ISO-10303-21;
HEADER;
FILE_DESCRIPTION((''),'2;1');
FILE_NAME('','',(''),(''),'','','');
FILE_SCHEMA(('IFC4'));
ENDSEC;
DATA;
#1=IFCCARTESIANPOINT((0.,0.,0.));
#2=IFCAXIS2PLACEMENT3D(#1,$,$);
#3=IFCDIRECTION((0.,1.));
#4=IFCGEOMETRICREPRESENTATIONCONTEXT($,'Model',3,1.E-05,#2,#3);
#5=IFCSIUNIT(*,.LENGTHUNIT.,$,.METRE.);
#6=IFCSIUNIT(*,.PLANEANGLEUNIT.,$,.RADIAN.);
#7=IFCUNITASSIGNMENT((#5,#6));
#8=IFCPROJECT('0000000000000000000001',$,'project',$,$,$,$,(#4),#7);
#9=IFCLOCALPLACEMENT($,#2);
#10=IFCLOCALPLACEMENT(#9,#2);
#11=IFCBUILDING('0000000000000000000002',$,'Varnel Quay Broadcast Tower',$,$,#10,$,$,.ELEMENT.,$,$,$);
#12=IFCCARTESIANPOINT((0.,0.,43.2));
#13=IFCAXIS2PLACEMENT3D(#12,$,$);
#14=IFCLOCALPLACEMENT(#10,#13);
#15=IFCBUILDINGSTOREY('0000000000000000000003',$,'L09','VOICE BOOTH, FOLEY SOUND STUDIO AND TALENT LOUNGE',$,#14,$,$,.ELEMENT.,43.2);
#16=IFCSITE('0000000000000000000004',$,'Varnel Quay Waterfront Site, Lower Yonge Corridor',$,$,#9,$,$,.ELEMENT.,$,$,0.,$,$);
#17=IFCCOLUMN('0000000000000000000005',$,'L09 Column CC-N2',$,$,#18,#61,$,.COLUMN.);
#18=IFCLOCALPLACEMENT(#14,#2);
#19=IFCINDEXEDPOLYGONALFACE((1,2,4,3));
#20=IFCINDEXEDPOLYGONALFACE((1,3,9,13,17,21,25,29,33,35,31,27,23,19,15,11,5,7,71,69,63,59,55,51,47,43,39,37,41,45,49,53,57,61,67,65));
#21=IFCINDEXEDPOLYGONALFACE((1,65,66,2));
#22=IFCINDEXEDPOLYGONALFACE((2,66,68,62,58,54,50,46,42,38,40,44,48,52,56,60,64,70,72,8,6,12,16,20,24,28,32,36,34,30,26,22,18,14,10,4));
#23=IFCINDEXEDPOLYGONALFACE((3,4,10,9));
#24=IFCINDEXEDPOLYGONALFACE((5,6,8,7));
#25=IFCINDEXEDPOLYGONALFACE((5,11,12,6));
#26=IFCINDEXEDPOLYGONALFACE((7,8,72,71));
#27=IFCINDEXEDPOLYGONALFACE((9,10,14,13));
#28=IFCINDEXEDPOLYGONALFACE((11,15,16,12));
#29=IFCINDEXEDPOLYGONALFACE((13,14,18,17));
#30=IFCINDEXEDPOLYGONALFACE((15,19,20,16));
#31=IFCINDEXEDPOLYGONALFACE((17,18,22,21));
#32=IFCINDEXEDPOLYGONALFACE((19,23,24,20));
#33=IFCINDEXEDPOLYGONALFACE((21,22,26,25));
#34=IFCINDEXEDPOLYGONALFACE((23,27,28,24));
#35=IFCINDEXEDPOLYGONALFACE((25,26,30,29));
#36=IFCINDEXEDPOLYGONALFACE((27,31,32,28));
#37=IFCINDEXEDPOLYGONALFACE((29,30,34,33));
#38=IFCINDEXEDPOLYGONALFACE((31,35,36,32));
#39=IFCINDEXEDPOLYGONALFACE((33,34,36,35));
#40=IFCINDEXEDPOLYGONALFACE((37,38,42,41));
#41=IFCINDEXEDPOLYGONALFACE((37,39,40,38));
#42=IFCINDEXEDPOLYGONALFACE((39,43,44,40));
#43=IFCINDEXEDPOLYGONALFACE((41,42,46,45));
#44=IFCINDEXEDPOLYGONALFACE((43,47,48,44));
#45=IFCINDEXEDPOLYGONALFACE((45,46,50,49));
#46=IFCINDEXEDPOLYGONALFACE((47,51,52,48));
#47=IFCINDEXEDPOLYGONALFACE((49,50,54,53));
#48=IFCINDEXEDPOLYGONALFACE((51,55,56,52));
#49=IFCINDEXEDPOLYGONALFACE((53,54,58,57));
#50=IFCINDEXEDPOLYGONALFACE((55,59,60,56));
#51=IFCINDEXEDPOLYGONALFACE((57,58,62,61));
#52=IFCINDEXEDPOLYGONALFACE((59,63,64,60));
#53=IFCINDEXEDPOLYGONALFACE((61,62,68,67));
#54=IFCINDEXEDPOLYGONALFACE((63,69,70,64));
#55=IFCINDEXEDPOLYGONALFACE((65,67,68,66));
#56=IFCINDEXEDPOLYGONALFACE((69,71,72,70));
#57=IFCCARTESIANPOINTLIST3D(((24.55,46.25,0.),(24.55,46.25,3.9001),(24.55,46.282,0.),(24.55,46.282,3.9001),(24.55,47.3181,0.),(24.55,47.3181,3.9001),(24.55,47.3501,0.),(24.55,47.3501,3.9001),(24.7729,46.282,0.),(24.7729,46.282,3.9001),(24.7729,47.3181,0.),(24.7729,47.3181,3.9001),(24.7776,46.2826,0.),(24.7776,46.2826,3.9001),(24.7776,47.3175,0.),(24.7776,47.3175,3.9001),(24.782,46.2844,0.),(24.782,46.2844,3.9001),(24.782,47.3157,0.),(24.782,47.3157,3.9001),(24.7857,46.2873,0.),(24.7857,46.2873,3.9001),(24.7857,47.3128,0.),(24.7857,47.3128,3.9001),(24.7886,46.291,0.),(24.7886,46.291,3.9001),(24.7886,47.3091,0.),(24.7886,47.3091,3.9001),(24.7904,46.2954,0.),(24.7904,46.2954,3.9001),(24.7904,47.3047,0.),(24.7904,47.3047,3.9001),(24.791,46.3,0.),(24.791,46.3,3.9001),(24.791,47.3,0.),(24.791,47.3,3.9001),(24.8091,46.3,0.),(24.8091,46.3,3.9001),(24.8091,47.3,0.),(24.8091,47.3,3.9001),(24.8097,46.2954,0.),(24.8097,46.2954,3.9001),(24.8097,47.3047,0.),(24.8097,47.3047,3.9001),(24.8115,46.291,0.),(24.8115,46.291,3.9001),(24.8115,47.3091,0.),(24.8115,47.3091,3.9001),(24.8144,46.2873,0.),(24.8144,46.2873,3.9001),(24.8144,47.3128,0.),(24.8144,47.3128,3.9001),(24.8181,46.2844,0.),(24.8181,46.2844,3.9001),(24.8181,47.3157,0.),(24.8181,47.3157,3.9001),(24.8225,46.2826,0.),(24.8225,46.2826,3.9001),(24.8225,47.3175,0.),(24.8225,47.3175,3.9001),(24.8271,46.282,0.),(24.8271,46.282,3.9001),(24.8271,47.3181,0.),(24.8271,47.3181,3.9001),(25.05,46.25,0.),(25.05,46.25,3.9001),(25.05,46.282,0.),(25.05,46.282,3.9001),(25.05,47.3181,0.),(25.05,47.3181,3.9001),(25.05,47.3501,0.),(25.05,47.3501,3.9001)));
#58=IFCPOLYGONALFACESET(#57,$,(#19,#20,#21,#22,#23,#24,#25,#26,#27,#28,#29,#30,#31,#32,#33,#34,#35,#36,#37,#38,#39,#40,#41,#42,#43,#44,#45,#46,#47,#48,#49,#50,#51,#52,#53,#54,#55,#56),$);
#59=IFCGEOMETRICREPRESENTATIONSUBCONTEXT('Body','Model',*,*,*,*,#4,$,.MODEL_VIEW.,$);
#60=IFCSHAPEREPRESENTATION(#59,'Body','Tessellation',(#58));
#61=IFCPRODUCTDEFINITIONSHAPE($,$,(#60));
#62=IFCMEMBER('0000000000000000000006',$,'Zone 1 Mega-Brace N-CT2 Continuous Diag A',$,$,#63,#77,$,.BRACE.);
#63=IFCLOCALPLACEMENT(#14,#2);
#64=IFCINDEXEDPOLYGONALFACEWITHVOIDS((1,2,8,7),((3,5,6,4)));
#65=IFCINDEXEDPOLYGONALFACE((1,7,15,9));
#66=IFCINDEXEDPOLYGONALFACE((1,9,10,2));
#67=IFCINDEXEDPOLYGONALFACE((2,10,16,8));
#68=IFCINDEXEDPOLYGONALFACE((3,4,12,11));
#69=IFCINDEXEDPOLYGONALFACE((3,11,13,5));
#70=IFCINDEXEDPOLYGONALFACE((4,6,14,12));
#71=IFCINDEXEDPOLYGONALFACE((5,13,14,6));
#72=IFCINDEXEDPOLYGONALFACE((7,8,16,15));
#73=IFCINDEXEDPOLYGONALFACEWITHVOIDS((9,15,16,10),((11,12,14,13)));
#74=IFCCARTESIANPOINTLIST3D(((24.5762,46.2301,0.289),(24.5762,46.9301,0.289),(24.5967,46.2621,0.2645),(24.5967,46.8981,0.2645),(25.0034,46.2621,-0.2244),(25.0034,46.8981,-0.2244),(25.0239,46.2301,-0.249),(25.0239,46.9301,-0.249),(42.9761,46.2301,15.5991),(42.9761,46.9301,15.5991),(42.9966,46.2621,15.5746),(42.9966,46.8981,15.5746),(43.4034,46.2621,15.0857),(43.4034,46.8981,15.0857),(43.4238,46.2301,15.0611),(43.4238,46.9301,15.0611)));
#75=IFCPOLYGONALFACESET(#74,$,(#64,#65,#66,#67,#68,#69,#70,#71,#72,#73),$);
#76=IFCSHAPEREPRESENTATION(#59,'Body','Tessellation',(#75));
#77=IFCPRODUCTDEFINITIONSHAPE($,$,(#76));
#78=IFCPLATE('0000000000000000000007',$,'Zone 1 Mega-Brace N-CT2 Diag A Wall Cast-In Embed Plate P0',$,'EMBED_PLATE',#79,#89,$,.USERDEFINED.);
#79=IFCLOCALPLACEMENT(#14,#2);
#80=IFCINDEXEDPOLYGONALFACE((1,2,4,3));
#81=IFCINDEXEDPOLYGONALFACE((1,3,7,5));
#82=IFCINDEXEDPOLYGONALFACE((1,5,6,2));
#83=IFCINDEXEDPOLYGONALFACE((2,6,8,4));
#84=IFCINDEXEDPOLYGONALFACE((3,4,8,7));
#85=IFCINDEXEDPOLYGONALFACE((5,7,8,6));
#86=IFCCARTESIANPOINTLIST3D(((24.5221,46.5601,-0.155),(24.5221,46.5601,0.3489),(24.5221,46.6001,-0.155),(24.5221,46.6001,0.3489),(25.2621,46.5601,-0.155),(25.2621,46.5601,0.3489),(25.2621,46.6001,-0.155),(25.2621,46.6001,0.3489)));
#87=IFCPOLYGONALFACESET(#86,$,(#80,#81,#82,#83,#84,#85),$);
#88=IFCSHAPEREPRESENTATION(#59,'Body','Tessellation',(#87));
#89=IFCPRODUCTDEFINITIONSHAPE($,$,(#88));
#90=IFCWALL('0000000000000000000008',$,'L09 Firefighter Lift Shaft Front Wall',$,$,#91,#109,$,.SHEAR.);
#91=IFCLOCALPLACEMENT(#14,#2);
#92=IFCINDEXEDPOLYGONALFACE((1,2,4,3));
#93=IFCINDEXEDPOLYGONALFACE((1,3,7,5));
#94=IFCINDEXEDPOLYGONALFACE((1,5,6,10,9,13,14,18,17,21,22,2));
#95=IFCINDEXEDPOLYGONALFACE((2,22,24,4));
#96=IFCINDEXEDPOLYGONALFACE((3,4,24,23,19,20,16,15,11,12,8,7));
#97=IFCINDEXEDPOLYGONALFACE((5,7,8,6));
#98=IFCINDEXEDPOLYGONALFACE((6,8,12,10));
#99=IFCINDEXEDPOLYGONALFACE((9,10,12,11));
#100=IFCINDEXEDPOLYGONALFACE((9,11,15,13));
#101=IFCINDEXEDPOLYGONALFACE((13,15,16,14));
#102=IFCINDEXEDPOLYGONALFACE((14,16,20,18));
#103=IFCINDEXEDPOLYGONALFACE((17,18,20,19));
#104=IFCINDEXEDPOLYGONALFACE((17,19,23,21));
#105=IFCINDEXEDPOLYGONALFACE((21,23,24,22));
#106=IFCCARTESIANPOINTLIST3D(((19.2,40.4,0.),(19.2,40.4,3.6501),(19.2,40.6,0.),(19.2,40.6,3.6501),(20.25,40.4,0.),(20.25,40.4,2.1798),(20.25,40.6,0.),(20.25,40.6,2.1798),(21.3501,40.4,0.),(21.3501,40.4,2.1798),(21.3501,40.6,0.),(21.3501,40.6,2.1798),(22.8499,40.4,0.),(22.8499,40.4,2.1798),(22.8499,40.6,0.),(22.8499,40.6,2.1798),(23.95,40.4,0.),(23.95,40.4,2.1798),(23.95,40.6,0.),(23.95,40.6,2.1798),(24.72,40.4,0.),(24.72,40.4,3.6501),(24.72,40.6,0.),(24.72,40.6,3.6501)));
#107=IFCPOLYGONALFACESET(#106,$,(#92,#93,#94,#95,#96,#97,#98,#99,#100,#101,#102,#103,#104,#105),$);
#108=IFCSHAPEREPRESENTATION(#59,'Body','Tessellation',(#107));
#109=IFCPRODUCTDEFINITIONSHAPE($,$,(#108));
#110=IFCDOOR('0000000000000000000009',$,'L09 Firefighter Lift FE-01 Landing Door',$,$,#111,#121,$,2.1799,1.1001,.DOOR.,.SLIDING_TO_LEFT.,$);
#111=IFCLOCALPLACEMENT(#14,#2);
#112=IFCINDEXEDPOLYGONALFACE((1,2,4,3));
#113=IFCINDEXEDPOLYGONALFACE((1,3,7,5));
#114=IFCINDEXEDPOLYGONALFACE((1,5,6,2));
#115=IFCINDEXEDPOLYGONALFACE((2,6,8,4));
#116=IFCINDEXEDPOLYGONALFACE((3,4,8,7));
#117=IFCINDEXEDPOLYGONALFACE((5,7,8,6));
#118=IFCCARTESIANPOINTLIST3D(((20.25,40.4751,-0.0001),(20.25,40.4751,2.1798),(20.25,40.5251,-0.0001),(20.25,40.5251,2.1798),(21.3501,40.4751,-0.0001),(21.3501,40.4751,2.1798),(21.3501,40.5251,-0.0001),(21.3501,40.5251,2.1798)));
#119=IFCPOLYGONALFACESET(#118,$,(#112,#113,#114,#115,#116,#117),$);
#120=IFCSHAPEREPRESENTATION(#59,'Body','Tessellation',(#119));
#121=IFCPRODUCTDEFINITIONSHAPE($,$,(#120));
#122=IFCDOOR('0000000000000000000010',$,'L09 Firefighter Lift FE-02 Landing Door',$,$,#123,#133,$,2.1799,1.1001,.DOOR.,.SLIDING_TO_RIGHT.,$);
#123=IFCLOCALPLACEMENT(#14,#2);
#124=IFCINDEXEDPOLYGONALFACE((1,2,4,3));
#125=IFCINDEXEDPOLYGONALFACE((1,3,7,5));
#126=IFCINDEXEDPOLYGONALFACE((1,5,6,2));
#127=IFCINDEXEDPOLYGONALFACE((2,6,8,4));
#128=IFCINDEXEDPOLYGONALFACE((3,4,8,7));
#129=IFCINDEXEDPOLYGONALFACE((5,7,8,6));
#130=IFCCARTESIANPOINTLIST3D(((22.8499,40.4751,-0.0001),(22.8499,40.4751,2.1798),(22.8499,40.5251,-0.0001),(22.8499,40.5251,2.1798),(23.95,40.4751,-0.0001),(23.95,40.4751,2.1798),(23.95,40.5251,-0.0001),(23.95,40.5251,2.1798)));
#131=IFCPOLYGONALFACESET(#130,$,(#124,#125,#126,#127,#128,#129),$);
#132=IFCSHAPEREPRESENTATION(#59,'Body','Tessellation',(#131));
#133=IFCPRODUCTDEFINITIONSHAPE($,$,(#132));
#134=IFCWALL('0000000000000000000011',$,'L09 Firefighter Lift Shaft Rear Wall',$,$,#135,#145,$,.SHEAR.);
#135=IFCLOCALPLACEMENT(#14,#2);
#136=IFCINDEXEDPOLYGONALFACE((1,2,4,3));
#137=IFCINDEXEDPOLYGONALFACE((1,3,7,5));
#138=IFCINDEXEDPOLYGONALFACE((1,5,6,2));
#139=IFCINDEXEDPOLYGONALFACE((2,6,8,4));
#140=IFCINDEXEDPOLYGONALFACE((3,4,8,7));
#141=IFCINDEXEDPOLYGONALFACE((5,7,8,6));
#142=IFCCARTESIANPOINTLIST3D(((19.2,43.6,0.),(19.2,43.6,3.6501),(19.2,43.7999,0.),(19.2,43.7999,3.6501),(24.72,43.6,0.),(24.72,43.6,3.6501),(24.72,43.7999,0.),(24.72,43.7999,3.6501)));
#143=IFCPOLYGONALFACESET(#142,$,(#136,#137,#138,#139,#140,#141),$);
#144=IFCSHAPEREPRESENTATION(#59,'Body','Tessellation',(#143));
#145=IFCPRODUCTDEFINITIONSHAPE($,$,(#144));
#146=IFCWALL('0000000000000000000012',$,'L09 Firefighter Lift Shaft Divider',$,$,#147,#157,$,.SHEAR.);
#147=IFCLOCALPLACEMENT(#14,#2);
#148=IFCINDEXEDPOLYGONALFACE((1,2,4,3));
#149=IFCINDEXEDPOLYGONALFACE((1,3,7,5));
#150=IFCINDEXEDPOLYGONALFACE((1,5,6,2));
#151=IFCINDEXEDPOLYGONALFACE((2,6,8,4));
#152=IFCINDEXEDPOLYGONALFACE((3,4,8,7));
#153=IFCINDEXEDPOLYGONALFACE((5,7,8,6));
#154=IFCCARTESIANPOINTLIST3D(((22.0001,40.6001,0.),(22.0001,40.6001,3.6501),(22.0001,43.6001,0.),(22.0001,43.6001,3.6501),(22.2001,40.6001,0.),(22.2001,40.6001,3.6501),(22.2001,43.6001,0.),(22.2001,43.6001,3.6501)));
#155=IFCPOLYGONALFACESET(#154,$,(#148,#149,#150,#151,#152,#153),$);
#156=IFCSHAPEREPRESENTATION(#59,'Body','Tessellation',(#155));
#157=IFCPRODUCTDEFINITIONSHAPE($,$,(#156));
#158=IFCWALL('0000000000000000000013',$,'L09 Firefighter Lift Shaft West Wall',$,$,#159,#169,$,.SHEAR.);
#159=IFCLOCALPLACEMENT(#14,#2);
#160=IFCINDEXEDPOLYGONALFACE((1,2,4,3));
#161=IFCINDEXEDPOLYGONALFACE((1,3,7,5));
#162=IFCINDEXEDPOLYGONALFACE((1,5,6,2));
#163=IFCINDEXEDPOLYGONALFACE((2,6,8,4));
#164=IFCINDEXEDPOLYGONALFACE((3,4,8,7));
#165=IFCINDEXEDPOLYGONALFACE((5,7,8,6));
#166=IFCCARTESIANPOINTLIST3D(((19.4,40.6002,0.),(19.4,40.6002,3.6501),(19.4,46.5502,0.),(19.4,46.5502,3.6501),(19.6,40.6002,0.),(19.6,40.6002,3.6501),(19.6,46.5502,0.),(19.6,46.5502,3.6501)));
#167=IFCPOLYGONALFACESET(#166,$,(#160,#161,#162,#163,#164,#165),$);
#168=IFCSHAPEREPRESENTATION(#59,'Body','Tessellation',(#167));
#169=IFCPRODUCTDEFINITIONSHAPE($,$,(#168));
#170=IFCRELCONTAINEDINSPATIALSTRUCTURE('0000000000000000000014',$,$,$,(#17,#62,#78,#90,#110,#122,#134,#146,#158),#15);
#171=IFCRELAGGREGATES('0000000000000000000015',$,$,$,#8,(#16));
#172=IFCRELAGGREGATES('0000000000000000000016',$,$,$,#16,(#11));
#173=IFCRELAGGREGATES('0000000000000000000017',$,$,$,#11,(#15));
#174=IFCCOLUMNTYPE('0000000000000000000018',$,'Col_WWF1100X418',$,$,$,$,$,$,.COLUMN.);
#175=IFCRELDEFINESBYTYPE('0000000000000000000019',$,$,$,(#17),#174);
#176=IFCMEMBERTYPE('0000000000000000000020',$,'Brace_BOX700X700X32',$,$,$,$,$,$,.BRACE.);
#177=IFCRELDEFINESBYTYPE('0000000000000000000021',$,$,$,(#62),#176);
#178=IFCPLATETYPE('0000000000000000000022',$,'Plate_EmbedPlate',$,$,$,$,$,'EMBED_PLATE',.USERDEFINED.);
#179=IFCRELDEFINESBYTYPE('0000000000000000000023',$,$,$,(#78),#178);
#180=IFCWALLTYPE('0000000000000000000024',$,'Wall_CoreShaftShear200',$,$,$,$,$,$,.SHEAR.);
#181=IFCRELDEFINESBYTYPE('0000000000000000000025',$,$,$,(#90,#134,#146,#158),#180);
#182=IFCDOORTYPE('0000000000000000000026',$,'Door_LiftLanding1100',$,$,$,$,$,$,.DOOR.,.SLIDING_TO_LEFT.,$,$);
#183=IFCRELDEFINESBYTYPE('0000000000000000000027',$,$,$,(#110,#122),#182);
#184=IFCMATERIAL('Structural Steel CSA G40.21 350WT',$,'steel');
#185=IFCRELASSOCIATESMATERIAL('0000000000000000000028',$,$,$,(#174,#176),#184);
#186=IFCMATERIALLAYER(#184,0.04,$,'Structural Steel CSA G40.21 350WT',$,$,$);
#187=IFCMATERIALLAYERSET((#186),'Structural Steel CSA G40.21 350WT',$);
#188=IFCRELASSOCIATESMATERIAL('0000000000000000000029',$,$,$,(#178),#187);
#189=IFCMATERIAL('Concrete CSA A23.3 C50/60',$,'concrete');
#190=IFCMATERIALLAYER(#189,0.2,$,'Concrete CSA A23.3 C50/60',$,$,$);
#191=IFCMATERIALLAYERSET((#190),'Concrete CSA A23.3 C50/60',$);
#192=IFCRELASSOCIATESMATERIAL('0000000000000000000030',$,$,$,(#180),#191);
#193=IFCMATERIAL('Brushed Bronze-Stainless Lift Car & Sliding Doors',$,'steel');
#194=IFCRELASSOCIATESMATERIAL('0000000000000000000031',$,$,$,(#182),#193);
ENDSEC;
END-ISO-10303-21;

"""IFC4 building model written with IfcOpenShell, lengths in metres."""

from ifc_helpers import new_model, si_unit, direction, frame, frame_2d, origin, origin_2d, place, context, subcontext, project, spatial, rectangle, hollow_rectangle, i_section, extrude, source, transform, mapped, material, layer, layer_set, material_profile, profile_set, type_object, type_shapes, element, fill, save


model = new_model("IFC4")

# Units and contexts
model_context = context("Model", 3, precision=1e-05, world=origin(), true_north=direction((0.0, 1.0)))
body_context = subcontext(model_context, "Body", "Model", "MODEL_VIEW")
ifc_project = project(units=[si_unit("LENGTHUNIT", "METRE"), si_unit("PLANEANGLEUNIT", "RADIAN")], contexts=[model_context])

# Site, building, storey
site_placement = place(None, origin())
site = spatial("IfcSite", under=ifc_project, at=site_placement, Name="Varnel Quay Waterfront Site, Lower Yonge Corridor", CompositionType="ELEMENT", RefElevation=0.0)
building_placement = place(site_placement, origin())
building = spatial("IfcBuilding", under=site, at=building_placement, Name="Varnel Quay Broadcast Tower", CompositionType="ELEMENT")
storey_placement = place(building_placement, frame((0.0, 0.0, 43.2)))
storey = spatial("IfcBuildingStorey", under=building, at=storey_placement, Name="L09", Description="VOICE BOOTH, FOLEY SOUND STUDIO AND TALENT LOUNGE", CompositionType="ELEMENT", Elevation=43.2)

# Column
ifc_material_1 = material(Name="Structural Steel CSA G40.21 350WT", Category="steel")
ifc_material_profile_1 = material_profile(ifc_material_1, i_section(OverallWidth=0.5, OverallDepth=1.1001, WebThickness=0.0181, FlangeThickness=0.032, FilletRadius=0.0181, at=origin_2d()), Name="WWF1100X418")
ifc_profile_set_1 = profile_set([ifc_material_profile_1], Name="Structural Steel CSA G40.21 350WT")
column_type = type_object("IfcColumnType", Name="Col_WWF1100X418", PredefinedType="COLUMN", material=ifc_profile_set_1)
shared_shape_1 = source(origin(), body_context, "Body", "SweptSolid", [
    extrude(i_section(OverallWidth=0.5, OverallDepth=1.1001, WebThickness=0.0181, FlangeThickness=0.032, FilletRadius=0.0181, at=origin_2d()), origin(), (0.0, 0.0, 1.0), 3.9001),
])
type_shapes(column_type, [shared_shape_1])
column_placement = place(storey_placement, frame((24.8, 46.8, 0.0), z_axis=(0.0, 0.0, 1.0), x_axis=(1.0, 0.0, 0.0)))
element("IfcColumn", 1, at=column_placement, inside=storey, type_object=column_type, Name="L09 Column CC-N2", PredefinedType="COLUMN", context=body_context, shape_type="MappedRepresentation", body=[
    mapped(shared_shape_1, transform((0.0, 0.0, 0.0), x_axis=(1.0, 0.0, 0.0), y_axis=(0.0, 1.0, 0.0), z_axis=(0.0, 0.0, 1.0), scale=1.0)),
])

# Member
ifc_material_profile_2 = material_profile(ifc_material_1, hollow_rectangle(XDim=0.7, YDim=0.7, WallThickness=0.032, at=origin_2d()), Name="BOX700X700X32")
ifc_profile_set_2 = profile_set([ifc_material_profile_2], Name="Structural Steel CSA G40.21 350WT")
member_type = type_object("IfcMemberType", Name="Brace_BOX700X700X32", PredefinedType="BRACE", material=ifc_profile_set_2)
shared_shape_2 = source(origin(), body_context, "Body", "SweptSolid", [
    extrude(hollow_rectangle(XDim=0.7, YDim=0.7, WallThickness=0.032, at=origin_2d()), origin(), (0.0, 0.0, 1.0), 23.9365),
])
type_shapes(member_type, [shared_shape_2])
member_placement = place(storey_placement, frame((24.8, 46.5801, 0.02), z_axis=(0.768698, 0.0, 0.639612), x_axis=(0.0, 1.0, 0.0)))
element("IfcMember", 2, at=member_placement, inside=storey, type_object=member_type, Name="Zone 1 Mega-Brace N-CT2 Continuous Diag A", PredefinedType="BRACE", context=body_context, shape_type="MappedRepresentation", body=[
    mapped(shared_shape_2, transform((0.0, 0.0, 0.0), x_axis=(1.0, 0.0, 0.0), y_axis=(0.0, 1.0, 0.0), z_axis=(0.0, 0.0, 1.0), scale=1.0)),
])

# Plate
ifc_layer_1 = layer(ifc_material_1, 0.04, Name="Structural Steel CSA G40.21 350WT")
ifc_layer_set_1 = layer_set([ifc_layer_1], Name="Structural Steel CSA G40.21 350WT")
plate_type = type_object("IfcPlateType", Name="Plate_EmbedPlate", ElementType="EMBED_PLATE", PredefinedType="USERDEFINED", material=ifc_layer_set_1)
shared_shape_3 = source(origin(), body_context, "Body", "SweptSolid", [
    extrude(rectangle(XDim=0.74, YDim=0.04, at=origin_2d()), origin(), (0.0, 0.0, 1.0), 0.5039),
])
type_shapes(plate_type, [shared_shape_3])
plate_placement = place(storey_placement, frame((24.8921, 46.5801, -0.155), z_axis=(0.0, 0.0, 1.0), x_axis=(1.0, 0.0, 0.0)))
element("IfcPlate", 3, at=plate_placement, inside=storey, type_object=plate_type, Name="Zone 1 Mega-Brace N-CT2 Diag A Wall Cast-In Embed Plate P0", ObjectType="EMBED_PLATE", PredefinedType="USERDEFINED", context=body_context, shape_type="MappedRepresentation", body=[
    mapped(shared_shape_3, transform((0.0, 0.0, 0.0), x_axis=(1.0, 0.0, 0.0), y_axis=(0.0, 1.0, 0.0), z_axis=(0.0, 0.0, 1.0), scale=1.0)),
])

# Wall, openings, doors
ifc_material_2 = material(Name="Concrete CSA A23.3 C50/60", Category="concrete")
ifc_layer_2 = layer(ifc_material_2, 0.2, Name="Concrete CSA A23.3 C50/60")
ifc_layer_set_2 = layer_set([ifc_layer_2], Name="Concrete CSA A23.3 C50/60")
wall_type_1 = type_object("IfcWallType", Name="Wall_CoreShaftShear200", PredefinedType="SHEAR", material=ifc_layer_set_2)
wall_1_placement = place(storey_placement, frame((19.2, 40.5, 0.0), z_axis=(0.0, 0.0, 1.0), x_axis=(1.0, 0.0, 0.0)))
wall_1 = element("IfcWall", 4, at=wall_1_placement, inside=storey, type_object=wall_type_1, Name="L09 Firefighter Lift Shaft Front Wall", PredefinedType="SHEAR", context=body_context, shape_type="SweptSolid", body=[
    extrude(rectangle(XDim=5.52, YDim=0.2, at=frame_2d((2.76, 0.0))), origin(), (0.0, 0.0, 1.0), 3.6501),
])
opening_1_placement = place(wall_1_placement, frame((1.05, 0.0, 0.0)))
opening_1 = element("IfcOpeningElement", 5, at=opening_1_placement, cuts=wall_1, PredefinedType="OPENING", context=body_context, shape_type="SweptSolid", body=[
    extrude(rectangle(XDim=1.1001, YDim=2.1799, at=frame_2d((0.55, 1.0898))), frame((0.0, 0.1099, 0.0), z_axis=(0.0, -1.0, 0.0), x_axis=(1.0, 0.0, 0.0)), (0.0, 0.0, 1.0), 0.22),
])
opening_2_placement = place(wall_1_placement, frame((3.6499, 0.0, 0.0)))
opening_2 = element("IfcOpeningElement", 6, at=opening_2_placement, cuts=wall_1, PredefinedType="OPENING", context=body_context, shape_type="SweptSolid", body=[
    extrude(rectangle(XDim=1.1001, YDim=2.1799, at=frame_2d((0.55, 1.0898))), frame((0.0, 0.1099, 0.0), z_axis=(0.0, -1.0, 0.0), x_axis=(1.0, 0.0, 0.0)), (0.0, 0.0, 1.0), 0.22),
])
ifc_material_3 = material(Name="Brushed Bronze-Stainless Lift Car & Sliding Doors", Category="steel")
door_type_1 = type_object("IfcDoorType", Name="Door_LiftLanding1100", OperationType="SLIDING_TO_LEFT", PredefinedType="DOOR", material=ifc_material_3)
shared_shape_4 = source(origin(), body_context, "Body", "SweptSolid", [
    extrude(rectangle(XDim=1.1001, YDim=2.1799, at=frame_2d((0.55, 1.0898))), frame((0.0, 0.0249, 0.0), z_axis=(0.0, -1.0, 0.0), x_axis=(1.0, 0.0, 0.0)), (0.0, 0.0, 1.0), 0.05),
])
type_shapes(door_type_1, [shared_shape_4])
door_1_placement = place(opening_1_placement, frame((1.1001, 0.0, 0.0), z_axis=(0.0, 0.0, 1.0), x_axis=(-1.0, 0.0, 0.0)))
door_1 = element("IfcDoor", 7, at=door_1_placement, inside=storey, type_object=door_type_1, Name="L09 Firefighter Lift FE-01 Landing Door", OperationType="SLIDING_TO_LEFT", OverallHeight=2.1799, OverallWidth=1.1001, PredefinedType="DOOR", context=body_context, shape_type="MappedRepresentation", body=[
    mapped(shared_shape_4, transform((0.0, 0.0, 0.0), x_axis=(1.0, 0.0, 0.0), y_axis=(0.0, 1.0, 0.0), z_axis=(0.0, 0.0, 1.0), scale=1.0)),
])
fill(opening_1, door_1)
door_2_placement = place(opening_2_placement, frame((1.1001, 0.0, 0.0), z_axis=(0.0, 0.0, 1.0), x_axis=(-1.0, 0.0, 0.0)))
door_2 = element("IfcDoor", 8, at=door_2_placement, inside=storey, type_object=door_type_1, Name="L09 Firefighter Lift FE-02 Landing Door", OperationType="SLIDING_TO_RIGHT", OverallHeight=2.1799, OverallWidth=1.1001, PredefinedType="DOOR", context=body_context, shape_type="MappedRepresentation", body=[
    mapped(shared_shape_4, transform((0.0, 0.0, 0.0), x_axis=(1.0, 0.0, 0.0), y_axis=(0.0, 1.0, 0.0), z_axis=(0.0, 0.0, 1.0), scale=1.0)),
])
fill(opening_2, door_2)

# Walls
wall_2_placement = place(storey_placement, frame((19.2, 43.7, 0.0), z_axis=(0.0, 0.0, 1.0), x_axis=(1.0, 0.0, 0.0)))
element("IfcWall", 9, at=wall_2_placement, inside=storey, type_object=wall_type_1, Name="L09 Firefighter Lift Shaft Rear Wall", PredefinedType="SHEAR", context=body_context, shape_type="SweptSolid", body=[
    extrude(rectangle(XDim=5.52, YDim=0.2, at=frame_2d((2.76, 0.0))), origin(), (0.0, 0.0, 1.0), 3.6501),
])
wall_3_placement = place(storey_placement, frame((22.1001, 40.6001, 0.0), z_axis=(0.0, 0.0, 1.0), x_axis=(0.0, 1.0, 0.0)))
element("IfcWall", 10, at=wall_3_placement, inside=storey, type_object=wall_type_1, Name="L09 Firefighter Lift Shaft Divider", PredefinedType="SHEAR", context=body_context, shape_type="SweptSolid", body=[
    extrude(rectangle(XDim=3.0, YDim=0.2, at=frame_2d((1.5, 0.0))), origin(), (0.0, 0.0, 1.0), 3.6501),
])
wall_4_placement = place(storey_placement, frame((19.5, 40.6001, 0.0), z_axis=(0.0, 0.0, 1.0), x_axis=(0.0, 1.0, 0.0)))
element("IfcWall", 11, at=wall_4_placement, inside=storey, type_object=wall_type_1, Name="L09 Firefighter Lift Shaft West Wall", PredefinedType="SHEAR", context=body_context, shape_type="SweptSolid", body=[
    extrude(rectangle(XDim=5.95, YDim=0.2, at=frame_2d((2.9751, 0.0))), origin(), (0.0, 0.0, 1.0), 3.6501),
])

save(model, "model.ifc")
